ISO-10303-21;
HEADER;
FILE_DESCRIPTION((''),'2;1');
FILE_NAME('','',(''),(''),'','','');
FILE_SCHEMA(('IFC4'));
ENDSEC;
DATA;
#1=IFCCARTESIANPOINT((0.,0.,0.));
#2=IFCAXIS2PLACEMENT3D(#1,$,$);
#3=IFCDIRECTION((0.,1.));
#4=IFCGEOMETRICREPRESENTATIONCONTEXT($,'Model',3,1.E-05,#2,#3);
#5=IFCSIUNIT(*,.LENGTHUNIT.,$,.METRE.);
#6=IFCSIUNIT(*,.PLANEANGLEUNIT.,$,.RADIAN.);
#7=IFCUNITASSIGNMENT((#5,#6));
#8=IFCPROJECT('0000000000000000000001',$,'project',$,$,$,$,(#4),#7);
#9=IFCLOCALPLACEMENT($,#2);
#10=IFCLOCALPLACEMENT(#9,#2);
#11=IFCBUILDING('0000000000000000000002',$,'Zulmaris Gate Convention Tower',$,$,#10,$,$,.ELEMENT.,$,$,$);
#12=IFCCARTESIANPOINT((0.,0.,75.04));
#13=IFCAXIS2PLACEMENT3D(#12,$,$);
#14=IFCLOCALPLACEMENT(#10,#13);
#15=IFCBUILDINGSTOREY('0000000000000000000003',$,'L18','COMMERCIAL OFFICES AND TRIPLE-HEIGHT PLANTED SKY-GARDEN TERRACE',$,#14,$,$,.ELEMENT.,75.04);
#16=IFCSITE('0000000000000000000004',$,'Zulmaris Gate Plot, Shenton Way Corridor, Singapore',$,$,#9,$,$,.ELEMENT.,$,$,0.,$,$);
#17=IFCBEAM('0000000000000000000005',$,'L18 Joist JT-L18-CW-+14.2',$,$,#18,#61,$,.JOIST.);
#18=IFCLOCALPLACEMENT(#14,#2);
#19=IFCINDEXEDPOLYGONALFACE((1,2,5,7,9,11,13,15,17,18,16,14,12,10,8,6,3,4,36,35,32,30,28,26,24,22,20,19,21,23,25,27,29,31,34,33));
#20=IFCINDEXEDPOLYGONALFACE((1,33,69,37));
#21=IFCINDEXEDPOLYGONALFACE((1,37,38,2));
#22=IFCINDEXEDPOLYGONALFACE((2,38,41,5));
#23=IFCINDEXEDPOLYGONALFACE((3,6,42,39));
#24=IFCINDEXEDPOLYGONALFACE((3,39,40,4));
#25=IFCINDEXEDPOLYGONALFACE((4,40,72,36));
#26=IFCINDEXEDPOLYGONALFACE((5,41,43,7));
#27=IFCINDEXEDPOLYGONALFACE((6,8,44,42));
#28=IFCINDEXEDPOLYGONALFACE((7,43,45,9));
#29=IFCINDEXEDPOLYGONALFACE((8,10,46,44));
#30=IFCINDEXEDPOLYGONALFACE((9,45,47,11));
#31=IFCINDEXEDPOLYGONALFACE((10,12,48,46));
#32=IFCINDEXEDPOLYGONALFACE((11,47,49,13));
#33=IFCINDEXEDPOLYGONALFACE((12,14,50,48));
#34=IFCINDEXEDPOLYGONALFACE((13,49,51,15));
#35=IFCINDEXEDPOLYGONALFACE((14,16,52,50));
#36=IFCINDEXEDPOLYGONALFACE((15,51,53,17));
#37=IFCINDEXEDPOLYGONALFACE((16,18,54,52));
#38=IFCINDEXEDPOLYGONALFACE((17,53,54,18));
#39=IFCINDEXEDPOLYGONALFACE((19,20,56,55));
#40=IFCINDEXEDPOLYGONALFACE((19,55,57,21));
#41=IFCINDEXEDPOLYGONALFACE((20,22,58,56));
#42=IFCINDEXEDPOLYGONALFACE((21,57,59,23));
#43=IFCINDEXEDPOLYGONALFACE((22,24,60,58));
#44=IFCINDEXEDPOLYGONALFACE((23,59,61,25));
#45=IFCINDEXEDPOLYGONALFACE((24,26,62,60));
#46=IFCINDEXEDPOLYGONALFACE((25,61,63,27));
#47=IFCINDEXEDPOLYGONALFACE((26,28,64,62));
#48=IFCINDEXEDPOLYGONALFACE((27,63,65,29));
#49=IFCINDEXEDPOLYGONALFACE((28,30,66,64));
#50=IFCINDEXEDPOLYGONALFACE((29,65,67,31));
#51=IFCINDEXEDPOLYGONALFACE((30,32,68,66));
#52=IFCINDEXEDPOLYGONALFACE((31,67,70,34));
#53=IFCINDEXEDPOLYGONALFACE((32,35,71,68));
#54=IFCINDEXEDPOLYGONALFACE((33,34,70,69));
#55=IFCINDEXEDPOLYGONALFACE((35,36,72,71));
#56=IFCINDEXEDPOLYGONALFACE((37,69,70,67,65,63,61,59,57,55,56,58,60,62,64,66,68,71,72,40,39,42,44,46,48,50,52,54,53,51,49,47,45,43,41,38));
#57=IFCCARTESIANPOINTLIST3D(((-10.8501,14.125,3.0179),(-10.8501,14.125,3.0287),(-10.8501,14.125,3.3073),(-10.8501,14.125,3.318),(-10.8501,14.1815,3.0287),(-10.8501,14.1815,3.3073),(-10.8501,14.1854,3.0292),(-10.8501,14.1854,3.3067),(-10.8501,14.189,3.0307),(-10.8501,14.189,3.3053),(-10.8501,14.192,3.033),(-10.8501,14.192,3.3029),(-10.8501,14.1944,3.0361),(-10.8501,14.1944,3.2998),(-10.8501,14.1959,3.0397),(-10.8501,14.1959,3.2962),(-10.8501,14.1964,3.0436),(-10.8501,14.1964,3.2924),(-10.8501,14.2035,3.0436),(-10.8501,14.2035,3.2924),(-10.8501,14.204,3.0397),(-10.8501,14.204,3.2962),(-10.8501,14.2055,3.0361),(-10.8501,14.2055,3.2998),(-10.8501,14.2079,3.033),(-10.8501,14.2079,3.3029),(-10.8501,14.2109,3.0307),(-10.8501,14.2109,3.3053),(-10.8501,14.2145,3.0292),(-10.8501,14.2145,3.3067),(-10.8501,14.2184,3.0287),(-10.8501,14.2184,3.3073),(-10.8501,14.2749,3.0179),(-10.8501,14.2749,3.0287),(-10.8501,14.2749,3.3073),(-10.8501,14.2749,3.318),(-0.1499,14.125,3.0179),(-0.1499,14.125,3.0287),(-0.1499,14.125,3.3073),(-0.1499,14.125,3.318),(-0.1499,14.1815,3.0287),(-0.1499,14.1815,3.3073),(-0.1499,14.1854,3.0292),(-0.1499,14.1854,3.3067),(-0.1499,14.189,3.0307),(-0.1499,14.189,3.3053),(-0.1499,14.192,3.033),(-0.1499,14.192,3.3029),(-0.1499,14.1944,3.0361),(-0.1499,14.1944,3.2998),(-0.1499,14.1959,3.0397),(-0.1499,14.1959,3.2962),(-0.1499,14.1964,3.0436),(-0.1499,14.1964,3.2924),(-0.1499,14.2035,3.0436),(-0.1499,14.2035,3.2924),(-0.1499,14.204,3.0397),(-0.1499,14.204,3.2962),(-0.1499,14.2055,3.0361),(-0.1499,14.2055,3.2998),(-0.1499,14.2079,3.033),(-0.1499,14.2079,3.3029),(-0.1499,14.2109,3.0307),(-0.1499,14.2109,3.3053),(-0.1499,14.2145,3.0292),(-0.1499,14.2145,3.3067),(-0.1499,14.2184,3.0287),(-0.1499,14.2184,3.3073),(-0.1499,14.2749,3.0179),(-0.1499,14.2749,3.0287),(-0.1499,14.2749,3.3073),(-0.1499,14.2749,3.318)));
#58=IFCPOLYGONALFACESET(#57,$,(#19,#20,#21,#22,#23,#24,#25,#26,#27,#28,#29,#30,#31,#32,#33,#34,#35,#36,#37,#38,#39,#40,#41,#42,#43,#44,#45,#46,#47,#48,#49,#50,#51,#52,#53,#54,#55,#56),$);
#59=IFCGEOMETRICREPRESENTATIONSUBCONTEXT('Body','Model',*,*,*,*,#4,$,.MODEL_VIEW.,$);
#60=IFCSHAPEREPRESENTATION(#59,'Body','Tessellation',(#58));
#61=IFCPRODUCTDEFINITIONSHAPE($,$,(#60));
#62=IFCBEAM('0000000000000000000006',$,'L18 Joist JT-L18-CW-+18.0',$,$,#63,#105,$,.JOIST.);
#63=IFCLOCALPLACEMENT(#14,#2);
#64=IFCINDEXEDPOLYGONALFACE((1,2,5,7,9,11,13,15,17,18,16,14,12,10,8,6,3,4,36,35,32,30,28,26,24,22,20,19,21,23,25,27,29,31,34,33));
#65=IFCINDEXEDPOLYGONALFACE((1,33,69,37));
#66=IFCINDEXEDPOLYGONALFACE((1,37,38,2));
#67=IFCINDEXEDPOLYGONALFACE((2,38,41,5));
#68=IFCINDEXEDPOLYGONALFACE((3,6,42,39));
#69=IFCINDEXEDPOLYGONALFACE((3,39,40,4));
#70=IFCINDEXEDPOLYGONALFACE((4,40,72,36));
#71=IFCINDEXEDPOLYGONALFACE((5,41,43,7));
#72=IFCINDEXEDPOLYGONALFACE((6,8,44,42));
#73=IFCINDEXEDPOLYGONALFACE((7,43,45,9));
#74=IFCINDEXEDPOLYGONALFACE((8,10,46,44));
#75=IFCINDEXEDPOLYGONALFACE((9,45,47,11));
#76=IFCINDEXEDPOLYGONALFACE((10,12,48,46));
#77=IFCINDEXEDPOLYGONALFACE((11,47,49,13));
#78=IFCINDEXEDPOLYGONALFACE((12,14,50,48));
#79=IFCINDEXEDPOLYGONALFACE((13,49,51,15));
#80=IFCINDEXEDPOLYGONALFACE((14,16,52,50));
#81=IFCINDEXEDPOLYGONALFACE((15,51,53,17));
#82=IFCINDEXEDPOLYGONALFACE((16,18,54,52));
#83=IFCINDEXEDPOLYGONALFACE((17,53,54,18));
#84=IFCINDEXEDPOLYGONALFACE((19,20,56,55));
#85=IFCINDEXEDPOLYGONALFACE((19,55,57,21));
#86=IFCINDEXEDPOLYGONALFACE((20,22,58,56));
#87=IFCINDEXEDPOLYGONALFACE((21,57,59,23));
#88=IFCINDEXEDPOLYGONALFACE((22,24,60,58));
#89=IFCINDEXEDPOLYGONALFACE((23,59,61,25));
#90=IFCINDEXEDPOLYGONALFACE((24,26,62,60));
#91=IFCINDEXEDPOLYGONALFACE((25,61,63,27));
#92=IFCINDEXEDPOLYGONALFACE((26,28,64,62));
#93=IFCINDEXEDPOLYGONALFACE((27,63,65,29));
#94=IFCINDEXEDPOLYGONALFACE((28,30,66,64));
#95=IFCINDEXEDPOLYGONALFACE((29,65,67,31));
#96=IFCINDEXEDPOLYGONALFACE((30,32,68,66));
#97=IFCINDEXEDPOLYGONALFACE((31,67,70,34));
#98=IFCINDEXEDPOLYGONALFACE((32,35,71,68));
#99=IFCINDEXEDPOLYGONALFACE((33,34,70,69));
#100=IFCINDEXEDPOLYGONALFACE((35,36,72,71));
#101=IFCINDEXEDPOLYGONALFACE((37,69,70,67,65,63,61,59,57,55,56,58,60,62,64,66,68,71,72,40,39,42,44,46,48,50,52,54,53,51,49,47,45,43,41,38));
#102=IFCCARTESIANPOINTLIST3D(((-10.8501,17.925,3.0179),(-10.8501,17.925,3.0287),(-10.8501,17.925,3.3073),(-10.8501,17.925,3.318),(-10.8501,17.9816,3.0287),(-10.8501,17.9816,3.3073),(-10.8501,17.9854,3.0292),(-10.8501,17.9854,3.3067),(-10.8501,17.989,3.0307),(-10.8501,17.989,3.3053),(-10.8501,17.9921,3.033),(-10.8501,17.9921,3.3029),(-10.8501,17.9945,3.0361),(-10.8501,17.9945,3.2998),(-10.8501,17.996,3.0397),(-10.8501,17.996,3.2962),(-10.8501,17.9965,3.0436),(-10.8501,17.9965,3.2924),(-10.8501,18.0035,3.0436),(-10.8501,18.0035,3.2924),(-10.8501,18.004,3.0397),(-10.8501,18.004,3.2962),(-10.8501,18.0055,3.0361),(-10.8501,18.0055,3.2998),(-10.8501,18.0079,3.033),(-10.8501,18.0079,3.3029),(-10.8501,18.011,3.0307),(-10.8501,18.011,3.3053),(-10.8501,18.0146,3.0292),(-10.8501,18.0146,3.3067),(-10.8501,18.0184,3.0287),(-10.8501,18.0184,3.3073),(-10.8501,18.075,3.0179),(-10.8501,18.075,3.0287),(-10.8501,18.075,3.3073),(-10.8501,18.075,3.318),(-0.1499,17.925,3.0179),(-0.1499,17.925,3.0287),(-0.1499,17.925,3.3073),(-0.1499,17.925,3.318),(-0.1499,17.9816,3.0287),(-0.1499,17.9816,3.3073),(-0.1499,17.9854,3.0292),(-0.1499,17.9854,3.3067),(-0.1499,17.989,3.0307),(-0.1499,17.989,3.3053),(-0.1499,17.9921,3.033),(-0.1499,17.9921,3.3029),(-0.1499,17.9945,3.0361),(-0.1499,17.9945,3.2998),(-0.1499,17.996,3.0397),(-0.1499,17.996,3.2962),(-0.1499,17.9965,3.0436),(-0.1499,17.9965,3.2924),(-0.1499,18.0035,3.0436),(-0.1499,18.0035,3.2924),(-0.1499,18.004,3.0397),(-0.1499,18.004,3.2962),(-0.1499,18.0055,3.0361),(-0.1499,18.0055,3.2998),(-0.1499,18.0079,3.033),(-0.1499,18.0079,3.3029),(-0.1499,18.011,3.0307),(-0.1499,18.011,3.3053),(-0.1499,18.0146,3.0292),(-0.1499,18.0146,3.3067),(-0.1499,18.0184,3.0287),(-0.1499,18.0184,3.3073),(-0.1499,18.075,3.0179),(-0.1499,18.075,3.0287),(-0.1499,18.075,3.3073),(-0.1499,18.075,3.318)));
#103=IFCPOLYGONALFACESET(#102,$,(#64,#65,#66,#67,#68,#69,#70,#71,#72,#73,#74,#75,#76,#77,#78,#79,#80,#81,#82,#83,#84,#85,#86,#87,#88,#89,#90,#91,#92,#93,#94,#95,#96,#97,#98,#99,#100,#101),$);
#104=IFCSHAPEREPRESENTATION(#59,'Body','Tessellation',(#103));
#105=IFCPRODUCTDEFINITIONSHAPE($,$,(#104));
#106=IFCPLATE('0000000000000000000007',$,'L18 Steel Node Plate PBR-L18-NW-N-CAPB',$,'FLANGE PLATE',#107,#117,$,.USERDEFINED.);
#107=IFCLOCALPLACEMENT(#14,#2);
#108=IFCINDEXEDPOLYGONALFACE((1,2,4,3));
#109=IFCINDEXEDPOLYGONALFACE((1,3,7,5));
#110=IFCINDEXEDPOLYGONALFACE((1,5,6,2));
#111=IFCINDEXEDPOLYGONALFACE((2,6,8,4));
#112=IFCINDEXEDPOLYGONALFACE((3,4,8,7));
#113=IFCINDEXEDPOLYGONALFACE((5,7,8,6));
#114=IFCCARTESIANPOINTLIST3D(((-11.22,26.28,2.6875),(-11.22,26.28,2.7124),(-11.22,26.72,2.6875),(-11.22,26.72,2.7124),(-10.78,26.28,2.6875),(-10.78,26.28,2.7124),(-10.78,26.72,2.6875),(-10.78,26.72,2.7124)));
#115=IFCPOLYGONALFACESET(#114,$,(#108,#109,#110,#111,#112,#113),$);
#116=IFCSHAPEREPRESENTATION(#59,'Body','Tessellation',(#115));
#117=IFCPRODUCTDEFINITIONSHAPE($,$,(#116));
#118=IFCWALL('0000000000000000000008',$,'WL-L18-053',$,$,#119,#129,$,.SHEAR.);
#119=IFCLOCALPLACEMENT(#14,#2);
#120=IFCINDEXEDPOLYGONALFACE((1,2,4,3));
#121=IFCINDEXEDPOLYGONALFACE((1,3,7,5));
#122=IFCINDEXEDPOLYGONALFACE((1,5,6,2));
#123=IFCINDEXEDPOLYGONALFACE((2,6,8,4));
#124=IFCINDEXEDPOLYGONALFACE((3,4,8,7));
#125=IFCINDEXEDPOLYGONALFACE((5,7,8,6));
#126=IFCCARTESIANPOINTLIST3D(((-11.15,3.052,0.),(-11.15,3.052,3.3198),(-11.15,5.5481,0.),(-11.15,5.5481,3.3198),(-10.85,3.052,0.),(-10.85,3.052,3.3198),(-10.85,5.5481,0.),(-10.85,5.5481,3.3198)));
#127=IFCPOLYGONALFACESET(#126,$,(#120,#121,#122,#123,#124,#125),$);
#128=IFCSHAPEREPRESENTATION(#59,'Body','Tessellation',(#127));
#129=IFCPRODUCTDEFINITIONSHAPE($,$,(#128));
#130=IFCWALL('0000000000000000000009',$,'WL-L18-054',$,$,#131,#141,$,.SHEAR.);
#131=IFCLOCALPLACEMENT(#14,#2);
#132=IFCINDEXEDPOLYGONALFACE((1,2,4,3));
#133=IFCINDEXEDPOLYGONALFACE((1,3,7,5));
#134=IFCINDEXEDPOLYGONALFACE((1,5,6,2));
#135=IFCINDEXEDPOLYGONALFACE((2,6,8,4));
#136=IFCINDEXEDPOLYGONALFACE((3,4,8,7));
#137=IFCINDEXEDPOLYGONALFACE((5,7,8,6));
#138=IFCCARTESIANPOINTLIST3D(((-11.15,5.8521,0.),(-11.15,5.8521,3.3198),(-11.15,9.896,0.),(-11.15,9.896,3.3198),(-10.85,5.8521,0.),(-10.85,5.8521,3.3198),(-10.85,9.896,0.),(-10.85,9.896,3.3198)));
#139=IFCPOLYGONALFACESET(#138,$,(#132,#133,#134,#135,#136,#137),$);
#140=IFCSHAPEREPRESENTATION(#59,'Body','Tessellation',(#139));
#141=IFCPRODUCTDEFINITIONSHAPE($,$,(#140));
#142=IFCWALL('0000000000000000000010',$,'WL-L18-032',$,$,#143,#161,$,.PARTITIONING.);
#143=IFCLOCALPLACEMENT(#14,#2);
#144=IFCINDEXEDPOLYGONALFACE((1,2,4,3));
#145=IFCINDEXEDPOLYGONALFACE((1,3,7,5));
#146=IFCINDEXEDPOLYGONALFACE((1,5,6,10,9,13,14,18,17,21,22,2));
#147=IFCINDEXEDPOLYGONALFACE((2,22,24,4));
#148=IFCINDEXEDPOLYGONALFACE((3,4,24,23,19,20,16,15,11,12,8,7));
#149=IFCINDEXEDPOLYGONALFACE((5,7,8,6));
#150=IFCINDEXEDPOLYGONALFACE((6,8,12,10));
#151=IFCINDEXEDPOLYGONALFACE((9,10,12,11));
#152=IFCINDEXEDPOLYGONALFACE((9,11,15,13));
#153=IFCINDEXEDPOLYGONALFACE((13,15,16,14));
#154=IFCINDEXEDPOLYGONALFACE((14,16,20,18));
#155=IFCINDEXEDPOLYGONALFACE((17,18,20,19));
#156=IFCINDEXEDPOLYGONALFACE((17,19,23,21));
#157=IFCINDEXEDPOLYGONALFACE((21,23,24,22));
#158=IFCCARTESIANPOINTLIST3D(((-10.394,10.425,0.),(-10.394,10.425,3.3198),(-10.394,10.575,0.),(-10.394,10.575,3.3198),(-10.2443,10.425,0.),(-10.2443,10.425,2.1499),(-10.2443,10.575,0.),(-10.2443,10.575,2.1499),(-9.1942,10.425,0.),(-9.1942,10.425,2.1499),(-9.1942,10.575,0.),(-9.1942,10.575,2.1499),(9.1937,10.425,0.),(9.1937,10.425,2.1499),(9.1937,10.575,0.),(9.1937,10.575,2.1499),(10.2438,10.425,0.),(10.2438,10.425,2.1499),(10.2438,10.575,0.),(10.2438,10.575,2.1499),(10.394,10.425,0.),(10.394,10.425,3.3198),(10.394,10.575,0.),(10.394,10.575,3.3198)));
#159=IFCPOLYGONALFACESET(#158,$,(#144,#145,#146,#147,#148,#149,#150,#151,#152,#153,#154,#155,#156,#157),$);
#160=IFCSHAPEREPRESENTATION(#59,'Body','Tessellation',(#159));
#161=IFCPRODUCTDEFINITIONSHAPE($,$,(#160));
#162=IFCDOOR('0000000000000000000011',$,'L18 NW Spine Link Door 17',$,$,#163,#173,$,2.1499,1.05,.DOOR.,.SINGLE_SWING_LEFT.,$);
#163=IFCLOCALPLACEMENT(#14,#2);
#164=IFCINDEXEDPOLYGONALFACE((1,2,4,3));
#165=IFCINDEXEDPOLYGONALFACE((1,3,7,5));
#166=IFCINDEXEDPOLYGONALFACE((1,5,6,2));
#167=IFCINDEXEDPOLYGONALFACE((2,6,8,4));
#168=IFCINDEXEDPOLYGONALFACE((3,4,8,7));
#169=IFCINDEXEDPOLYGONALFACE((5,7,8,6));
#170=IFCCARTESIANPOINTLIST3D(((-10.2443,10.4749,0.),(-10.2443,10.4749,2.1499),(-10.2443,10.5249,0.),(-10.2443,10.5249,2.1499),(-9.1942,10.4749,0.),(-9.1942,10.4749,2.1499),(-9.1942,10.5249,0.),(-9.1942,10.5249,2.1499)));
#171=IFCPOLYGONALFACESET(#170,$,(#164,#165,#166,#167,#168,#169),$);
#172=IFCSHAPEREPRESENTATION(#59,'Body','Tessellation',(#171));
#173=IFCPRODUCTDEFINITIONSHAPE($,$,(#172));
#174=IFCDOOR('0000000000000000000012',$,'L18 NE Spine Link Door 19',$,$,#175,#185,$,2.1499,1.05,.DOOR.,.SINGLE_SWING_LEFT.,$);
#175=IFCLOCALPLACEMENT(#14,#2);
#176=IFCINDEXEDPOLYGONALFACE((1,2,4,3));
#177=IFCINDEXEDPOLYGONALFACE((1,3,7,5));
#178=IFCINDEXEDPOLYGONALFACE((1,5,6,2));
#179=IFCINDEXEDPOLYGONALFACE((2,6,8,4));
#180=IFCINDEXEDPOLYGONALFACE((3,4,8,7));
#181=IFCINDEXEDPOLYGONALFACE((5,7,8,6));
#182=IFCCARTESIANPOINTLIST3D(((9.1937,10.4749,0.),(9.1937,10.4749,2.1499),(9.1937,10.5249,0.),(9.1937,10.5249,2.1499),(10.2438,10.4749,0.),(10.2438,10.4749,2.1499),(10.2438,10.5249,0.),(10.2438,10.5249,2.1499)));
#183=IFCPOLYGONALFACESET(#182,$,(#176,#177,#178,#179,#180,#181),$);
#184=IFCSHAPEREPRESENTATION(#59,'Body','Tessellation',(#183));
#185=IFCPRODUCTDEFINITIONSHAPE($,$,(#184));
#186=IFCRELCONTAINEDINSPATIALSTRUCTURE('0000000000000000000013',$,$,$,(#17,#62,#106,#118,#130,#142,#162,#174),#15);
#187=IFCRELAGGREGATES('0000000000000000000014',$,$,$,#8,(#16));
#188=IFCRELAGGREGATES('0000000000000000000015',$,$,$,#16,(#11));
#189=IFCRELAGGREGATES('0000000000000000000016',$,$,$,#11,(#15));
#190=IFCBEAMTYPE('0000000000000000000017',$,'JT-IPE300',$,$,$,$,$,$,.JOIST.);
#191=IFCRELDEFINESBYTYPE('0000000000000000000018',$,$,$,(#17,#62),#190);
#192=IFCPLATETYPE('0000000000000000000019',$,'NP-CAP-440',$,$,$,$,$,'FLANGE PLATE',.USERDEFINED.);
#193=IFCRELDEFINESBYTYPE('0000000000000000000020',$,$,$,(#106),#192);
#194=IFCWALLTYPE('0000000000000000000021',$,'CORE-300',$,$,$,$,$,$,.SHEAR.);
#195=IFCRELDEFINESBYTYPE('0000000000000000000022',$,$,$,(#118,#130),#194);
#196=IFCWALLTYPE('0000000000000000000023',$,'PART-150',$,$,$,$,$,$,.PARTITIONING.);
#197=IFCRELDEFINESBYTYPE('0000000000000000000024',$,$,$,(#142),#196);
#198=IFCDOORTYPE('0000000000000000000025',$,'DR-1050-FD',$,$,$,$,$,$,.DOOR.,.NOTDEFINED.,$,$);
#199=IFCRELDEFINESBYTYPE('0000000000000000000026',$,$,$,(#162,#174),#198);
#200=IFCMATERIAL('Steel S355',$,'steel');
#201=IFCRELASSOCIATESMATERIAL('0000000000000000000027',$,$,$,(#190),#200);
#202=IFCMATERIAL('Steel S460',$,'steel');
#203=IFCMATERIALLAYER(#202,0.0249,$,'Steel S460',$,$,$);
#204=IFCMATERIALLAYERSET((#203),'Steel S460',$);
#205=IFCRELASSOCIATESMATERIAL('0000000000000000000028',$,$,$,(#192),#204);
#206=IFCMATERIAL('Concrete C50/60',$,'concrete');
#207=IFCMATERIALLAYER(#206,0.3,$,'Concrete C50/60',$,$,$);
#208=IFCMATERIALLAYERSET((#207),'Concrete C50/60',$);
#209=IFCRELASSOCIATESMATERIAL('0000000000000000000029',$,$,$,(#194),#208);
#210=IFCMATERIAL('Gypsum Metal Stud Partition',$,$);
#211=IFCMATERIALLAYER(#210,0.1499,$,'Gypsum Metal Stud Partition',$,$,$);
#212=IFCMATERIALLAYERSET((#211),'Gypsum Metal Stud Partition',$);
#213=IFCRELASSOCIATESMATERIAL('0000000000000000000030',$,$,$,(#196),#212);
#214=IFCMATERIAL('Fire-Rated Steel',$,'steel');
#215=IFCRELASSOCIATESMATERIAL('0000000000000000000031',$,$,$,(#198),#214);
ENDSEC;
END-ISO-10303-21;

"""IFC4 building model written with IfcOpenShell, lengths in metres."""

from ifc_helpers import new_model, si_unit, direction, frame, frame_2d, origin, origin_2d, place, context, subcontext, project, spatial, rectangle, i_section, extrude, material, layer, layer_set, material_profile, profile_set, type_object, element, fill, save


model = new_model("IFC4")

# Units and contexts
model_context = context("Model", 3, precision=1e-05, world=origin(), true_north=direction((0.0, 1.0)))
body_context = subcontext(model_context, "Body", "Model", "MODEL_VIEW")
ifc_project = project(units=[si_unit("LENGTHUNIT", "METRE"), si_unit("PLANEANGLEUNIT", "RADIAN")], contexts=[model_context])

# Site, building, storey
site_placement = place(None, origin())
site = spatial("IfcSite", under=ifc_project, at=site_placement, Name="Zulmaris Gate Plot, Shenton Way Corridor, Singapore", CompositionType="ELEMENT", RefElevation=0.0)
building_placement = place(site_placement, origin())
building = spatial("IfcBuilding", under=site, at=building_placement, Name="Zulmaris Gate Convention Tower", CompositionType="ELEMENT")
storey_placement = place(building_placement, frame((0.0, 0.0, 75.04)))
storey = spatial("IfcBuildingStorey", under=building, at=storey_placement, Name="L18", Description="COMMERCIAL OFFICES AND TRIPLE-HEIGHT PLANTED SKY-GARDEN TERRACE", CompositionType="ELEMENT", Elevation=75.04)

# Beams
ifc_material_1 = material(Name="Steel S355", Category="steel")
ifc_material_profile_1 = material_profile(ifc_material_1, i_section(OverallWidth=0.1499, OverallDepth=0.3, WebThickness=0.0071, FlangeThickness=0.0107, FilletRadius=0.0149, at=origin_2d()), Name="IPE 300")
ifc_profile_set_1 = profile_set([ifc_material_profile_1], Name="Steel S355")
beam_type_1 = type_object("IfcBeamType", Name="JT-IPE300", PredefinedType="JOIST", material=ifc_profile_set_1)
for number, where, z_axis, x_axis, name in (
    (1, (-10.8501, 14.2, 3.168), (1.0, 0.0, 0.0), (0.0, 1.0, 0.0), "L18 Joist JT-L18-CW-+14.2"),
    (2, (-10.8501, 18.0, 3.168), (1.0, 0.0, 0.0), (0.0, 1.0, 0.0), "L18 Joist JT-L18-CW-+18.0"),
):
    element("IfcBeam", number, at=place(storey_placement, frame(where, z_axis=z_axis, x_axis=x_axis)), inside=storey, type_object=beam_type_1, Name=name, PredefinedType="JOIST", context=body_context, shape_type="SweptSolid", body=[
        extrude(i_section(OverallWidth=0.1499, OverallDepth=0.3, WebThickness=0.0071, FlangeThickness=0.0107, FilletRadius=0.0149, at=origin_2d()), origin(), (0.0, 0.0, 1.0), 10.7002),
    ])

# Plate
ifc_material_2 = material(Name="Steel S460", Category="steel")
ifc_layer_1 = layer(ifc_material_2, 0.0249, Name="Steel S460")
ifc_layer_set_1 = layer_set([ifc_layer_1], Name="Steel S460")
plate_type = type_object("IfcPlateType", Name="NP-CAP-440", ElementType="FLANGE PLATE", PredefinedType="USERDEFINED", material=ifc_layer_set_1)
plate_placement = place(storey_placement, frame((-11.0, 26.5, 2.6875), z_axis=(0.0, 0.0, 1.0), x_axis=(1.0, 0.0, 0.0)))
element("IfcPlate", 3, at=plate_placement, inside=storey, type_object=plate_type, Name="L18 Steel Node Plate PBR-L18-NW-N-CAPB", ObjectType="FLANGE PLATE", PredefinedType="USERDEFINED", context=body_context, shape_type="SweptSolid", body=[
    extrude(rectangle(XDim=0.4399, YDim=0.4399, at=origin_2d()), origin(), (0.0, 0.0, 1.0), 0.0249),
])

# Walls
ifc_material_3 = material(Name="Concrete C50/60", Category="concrete")
ifc_layer_2 = layer(ifc_material_3, 0.3, Name="Concrete C50/60")
ifc_layer_set_2 = layer_set([ifc_layer_2], Name="Concrete C50/60")
wall_type_1 = type_object("IfcWallType", Name="CORE-300", PredefinedType="SHEAR", material=ifc_layer_set_2)
wall_1_placement = place(storey_placement, frame((-11.0, 3.052, 0.0), z_axis=(0.0, 0.0, 1.0), x_axis=(0.0, 1.0, 0.0)))
element("IfcWall", 4, at=wall_1_placement, inside=storey, type_object=wall_type_1, Name="WL-L18-053", PredefinedType="SHEAR", context=body_context, shape_type="SweptSolid", body=[
    extrude(rectangle(XDim=2.4961, YDim=0.3, at=frame_2d((1.248, 0.0))), origin(), (0.0, 0.0, 1.0), 3.3198),
])
wall_2_placement = place(storey_placement, frame((-11.0, 5.8521, 0.0), z_axis=(0.0, 0.0, 1.0), x_axis=(0.0, 1.0, 0.0)))
element("IfcWall", 5, at=wall_2_placement, inside=storey, type_object=wall_type_1, Name="WL-L18-054", PredefinedType="SHEAR", context=body_context, shape_type="SweptSolid", body=[
    extrude(rectangle(XDim=4.0439, YDim=0.3, at=frame_2d((2.022, 0.0))), origin(), (0.0, 0.0, 1.0), 3.3198),
])

# Wall, openings, doors
ifc_material_4 = material(Name="Gypsum Metal Stud Partition")
ifc_layer_3 = layer(ifc_material_4, 0.1499, Name="Gypsum Metal Stud Partition")
ifc_layer_set_3 = layer_set([ifc_layer_3], Name="Gypsum Metal Stud Partition")
wall_type_2 = type_object("IfcWallType", Name="PART-150", PredefinedType="PARTITIONING", material=ifc_layer_set_3)
wall_3_placement = place(storey_placement, frame((-10.394, 10.5, 0.0), z_axis=(0.0, 0.0, 1.0), x_axis=(1.0, 0.0, 0.0)))
wall_3 = element("IfcWall", 6, at=wall_3_placement, inside=storey, type_object=wall_type_2, Name="WL-L18-032", PredefinedType="PARTITIONING", context=body_context, shape_type="SweptSolid", body=[
    extrude(rectangle(XDim=20.7881, YDim=0.1499, at=frame_2d((10.394, 0.0))), origin(), (0.0, 0.0, 1.0), 3.3198),
])
opening_1_placement = place(wall_3_placement, frame((0.1499, 0.0, 0.0)))
opening_1 = element("IfcOpeningElement", 7, at=opening_1_placement, cuts=wall_3, PredefinedType="OPENING", context=body_context, shape_type="SweptSolid", body=[
    extrude(rectangle(XDim=1.05, YDim=2.1499, at=frame_2d((0.5249, 1.075))), frame((0.0, 0.085, 0.0), z_axis=(0.0, -1.0, 0.0), x_axis=(1.0, 0.0, 0.0)), (0.0, 0.0, 1.0), 0.1699),
])
opening_2_placement = place(wall_3_placement, frame((19.5879, 0.0, 0.0)))
opening_2 = element("IfcOpeningElement", 8, at=opening_2_placement, cuts=wall_3, PredefinedType="OPENING", context=body_context, shape_type="SweptSolid", body=[
    extrude(rectangle(XDim=1.05, YDim=2.1499, at=frame_2d((0.5249, 1.075))), frame((0.0, 0.085, 0.0), z_axis=(0.0, -1.0, 0.0), x_axis=(1.0, 0.0, 0.0)), (0.0, 0.0, 1.0), 0.1699),
])
ifc_material_5 = material(Name="Fire-Rated Steel", Category="steel")
door_type_1 = type_object("IfcDoorType", Name="DR-1050-FD", OperationType="NOTDEFINED", PredefinedType="DOOR", material=ifc_material_5)
door_1_placement = place(opening_1_placement, origin())
door_1 = element("IfcDoor", 9, at=door_1_placement, inside=storey, type_object=door_type_1, Name="L18 NW Spine Link Door 17", OperationType="SINGLE_SWING_LEFT", OverallHeight=2.1499, OverallWidth=1.05, PredefinedType="DOOR", context=body_context, shape_type="SweptSolid", body=[
    extrude(rectangle(XDim=1.05, YDim=2.1499, at=frame_2d((0.5249, 1.075))), frame((0.0, 0.0249, 0.0), z_axis=(0.0, -1.0, 0.0), x_axis=(1.0, 0.0, 0.0)), (0.0, 0.0, 1.0), 0.05),
])
fill(opening_1, door_1)
door_2_placement = place(opening_2_placement, origin())
door_2 = element("IfcDoor", 10, at=door_2_placement, inside=storey, type_object=door_type_1, Name="L18 NE Spine Link Door 19", OperationType="SINGLE_SWING_LEFT", OverallHeight=2.1499, OverallWidth=1.05, PredefinedType="DOOR", context=body_context, shape_type="SweptSolid", body=[
    extrude(rectangle(XDim=1.05, YDim=2.1499, at=frame_2d((0.5249, 1.075))), frame((0.0, 0.0249, 0.0), z_axis=(0.0, -1.0, 0.0), x_axis=(1.0, 0.0, 0.0)), (0.0, 0.0, 1.0), 0.05),
])
fill(opening_2, door_2)

save(model, "model.ifc")
